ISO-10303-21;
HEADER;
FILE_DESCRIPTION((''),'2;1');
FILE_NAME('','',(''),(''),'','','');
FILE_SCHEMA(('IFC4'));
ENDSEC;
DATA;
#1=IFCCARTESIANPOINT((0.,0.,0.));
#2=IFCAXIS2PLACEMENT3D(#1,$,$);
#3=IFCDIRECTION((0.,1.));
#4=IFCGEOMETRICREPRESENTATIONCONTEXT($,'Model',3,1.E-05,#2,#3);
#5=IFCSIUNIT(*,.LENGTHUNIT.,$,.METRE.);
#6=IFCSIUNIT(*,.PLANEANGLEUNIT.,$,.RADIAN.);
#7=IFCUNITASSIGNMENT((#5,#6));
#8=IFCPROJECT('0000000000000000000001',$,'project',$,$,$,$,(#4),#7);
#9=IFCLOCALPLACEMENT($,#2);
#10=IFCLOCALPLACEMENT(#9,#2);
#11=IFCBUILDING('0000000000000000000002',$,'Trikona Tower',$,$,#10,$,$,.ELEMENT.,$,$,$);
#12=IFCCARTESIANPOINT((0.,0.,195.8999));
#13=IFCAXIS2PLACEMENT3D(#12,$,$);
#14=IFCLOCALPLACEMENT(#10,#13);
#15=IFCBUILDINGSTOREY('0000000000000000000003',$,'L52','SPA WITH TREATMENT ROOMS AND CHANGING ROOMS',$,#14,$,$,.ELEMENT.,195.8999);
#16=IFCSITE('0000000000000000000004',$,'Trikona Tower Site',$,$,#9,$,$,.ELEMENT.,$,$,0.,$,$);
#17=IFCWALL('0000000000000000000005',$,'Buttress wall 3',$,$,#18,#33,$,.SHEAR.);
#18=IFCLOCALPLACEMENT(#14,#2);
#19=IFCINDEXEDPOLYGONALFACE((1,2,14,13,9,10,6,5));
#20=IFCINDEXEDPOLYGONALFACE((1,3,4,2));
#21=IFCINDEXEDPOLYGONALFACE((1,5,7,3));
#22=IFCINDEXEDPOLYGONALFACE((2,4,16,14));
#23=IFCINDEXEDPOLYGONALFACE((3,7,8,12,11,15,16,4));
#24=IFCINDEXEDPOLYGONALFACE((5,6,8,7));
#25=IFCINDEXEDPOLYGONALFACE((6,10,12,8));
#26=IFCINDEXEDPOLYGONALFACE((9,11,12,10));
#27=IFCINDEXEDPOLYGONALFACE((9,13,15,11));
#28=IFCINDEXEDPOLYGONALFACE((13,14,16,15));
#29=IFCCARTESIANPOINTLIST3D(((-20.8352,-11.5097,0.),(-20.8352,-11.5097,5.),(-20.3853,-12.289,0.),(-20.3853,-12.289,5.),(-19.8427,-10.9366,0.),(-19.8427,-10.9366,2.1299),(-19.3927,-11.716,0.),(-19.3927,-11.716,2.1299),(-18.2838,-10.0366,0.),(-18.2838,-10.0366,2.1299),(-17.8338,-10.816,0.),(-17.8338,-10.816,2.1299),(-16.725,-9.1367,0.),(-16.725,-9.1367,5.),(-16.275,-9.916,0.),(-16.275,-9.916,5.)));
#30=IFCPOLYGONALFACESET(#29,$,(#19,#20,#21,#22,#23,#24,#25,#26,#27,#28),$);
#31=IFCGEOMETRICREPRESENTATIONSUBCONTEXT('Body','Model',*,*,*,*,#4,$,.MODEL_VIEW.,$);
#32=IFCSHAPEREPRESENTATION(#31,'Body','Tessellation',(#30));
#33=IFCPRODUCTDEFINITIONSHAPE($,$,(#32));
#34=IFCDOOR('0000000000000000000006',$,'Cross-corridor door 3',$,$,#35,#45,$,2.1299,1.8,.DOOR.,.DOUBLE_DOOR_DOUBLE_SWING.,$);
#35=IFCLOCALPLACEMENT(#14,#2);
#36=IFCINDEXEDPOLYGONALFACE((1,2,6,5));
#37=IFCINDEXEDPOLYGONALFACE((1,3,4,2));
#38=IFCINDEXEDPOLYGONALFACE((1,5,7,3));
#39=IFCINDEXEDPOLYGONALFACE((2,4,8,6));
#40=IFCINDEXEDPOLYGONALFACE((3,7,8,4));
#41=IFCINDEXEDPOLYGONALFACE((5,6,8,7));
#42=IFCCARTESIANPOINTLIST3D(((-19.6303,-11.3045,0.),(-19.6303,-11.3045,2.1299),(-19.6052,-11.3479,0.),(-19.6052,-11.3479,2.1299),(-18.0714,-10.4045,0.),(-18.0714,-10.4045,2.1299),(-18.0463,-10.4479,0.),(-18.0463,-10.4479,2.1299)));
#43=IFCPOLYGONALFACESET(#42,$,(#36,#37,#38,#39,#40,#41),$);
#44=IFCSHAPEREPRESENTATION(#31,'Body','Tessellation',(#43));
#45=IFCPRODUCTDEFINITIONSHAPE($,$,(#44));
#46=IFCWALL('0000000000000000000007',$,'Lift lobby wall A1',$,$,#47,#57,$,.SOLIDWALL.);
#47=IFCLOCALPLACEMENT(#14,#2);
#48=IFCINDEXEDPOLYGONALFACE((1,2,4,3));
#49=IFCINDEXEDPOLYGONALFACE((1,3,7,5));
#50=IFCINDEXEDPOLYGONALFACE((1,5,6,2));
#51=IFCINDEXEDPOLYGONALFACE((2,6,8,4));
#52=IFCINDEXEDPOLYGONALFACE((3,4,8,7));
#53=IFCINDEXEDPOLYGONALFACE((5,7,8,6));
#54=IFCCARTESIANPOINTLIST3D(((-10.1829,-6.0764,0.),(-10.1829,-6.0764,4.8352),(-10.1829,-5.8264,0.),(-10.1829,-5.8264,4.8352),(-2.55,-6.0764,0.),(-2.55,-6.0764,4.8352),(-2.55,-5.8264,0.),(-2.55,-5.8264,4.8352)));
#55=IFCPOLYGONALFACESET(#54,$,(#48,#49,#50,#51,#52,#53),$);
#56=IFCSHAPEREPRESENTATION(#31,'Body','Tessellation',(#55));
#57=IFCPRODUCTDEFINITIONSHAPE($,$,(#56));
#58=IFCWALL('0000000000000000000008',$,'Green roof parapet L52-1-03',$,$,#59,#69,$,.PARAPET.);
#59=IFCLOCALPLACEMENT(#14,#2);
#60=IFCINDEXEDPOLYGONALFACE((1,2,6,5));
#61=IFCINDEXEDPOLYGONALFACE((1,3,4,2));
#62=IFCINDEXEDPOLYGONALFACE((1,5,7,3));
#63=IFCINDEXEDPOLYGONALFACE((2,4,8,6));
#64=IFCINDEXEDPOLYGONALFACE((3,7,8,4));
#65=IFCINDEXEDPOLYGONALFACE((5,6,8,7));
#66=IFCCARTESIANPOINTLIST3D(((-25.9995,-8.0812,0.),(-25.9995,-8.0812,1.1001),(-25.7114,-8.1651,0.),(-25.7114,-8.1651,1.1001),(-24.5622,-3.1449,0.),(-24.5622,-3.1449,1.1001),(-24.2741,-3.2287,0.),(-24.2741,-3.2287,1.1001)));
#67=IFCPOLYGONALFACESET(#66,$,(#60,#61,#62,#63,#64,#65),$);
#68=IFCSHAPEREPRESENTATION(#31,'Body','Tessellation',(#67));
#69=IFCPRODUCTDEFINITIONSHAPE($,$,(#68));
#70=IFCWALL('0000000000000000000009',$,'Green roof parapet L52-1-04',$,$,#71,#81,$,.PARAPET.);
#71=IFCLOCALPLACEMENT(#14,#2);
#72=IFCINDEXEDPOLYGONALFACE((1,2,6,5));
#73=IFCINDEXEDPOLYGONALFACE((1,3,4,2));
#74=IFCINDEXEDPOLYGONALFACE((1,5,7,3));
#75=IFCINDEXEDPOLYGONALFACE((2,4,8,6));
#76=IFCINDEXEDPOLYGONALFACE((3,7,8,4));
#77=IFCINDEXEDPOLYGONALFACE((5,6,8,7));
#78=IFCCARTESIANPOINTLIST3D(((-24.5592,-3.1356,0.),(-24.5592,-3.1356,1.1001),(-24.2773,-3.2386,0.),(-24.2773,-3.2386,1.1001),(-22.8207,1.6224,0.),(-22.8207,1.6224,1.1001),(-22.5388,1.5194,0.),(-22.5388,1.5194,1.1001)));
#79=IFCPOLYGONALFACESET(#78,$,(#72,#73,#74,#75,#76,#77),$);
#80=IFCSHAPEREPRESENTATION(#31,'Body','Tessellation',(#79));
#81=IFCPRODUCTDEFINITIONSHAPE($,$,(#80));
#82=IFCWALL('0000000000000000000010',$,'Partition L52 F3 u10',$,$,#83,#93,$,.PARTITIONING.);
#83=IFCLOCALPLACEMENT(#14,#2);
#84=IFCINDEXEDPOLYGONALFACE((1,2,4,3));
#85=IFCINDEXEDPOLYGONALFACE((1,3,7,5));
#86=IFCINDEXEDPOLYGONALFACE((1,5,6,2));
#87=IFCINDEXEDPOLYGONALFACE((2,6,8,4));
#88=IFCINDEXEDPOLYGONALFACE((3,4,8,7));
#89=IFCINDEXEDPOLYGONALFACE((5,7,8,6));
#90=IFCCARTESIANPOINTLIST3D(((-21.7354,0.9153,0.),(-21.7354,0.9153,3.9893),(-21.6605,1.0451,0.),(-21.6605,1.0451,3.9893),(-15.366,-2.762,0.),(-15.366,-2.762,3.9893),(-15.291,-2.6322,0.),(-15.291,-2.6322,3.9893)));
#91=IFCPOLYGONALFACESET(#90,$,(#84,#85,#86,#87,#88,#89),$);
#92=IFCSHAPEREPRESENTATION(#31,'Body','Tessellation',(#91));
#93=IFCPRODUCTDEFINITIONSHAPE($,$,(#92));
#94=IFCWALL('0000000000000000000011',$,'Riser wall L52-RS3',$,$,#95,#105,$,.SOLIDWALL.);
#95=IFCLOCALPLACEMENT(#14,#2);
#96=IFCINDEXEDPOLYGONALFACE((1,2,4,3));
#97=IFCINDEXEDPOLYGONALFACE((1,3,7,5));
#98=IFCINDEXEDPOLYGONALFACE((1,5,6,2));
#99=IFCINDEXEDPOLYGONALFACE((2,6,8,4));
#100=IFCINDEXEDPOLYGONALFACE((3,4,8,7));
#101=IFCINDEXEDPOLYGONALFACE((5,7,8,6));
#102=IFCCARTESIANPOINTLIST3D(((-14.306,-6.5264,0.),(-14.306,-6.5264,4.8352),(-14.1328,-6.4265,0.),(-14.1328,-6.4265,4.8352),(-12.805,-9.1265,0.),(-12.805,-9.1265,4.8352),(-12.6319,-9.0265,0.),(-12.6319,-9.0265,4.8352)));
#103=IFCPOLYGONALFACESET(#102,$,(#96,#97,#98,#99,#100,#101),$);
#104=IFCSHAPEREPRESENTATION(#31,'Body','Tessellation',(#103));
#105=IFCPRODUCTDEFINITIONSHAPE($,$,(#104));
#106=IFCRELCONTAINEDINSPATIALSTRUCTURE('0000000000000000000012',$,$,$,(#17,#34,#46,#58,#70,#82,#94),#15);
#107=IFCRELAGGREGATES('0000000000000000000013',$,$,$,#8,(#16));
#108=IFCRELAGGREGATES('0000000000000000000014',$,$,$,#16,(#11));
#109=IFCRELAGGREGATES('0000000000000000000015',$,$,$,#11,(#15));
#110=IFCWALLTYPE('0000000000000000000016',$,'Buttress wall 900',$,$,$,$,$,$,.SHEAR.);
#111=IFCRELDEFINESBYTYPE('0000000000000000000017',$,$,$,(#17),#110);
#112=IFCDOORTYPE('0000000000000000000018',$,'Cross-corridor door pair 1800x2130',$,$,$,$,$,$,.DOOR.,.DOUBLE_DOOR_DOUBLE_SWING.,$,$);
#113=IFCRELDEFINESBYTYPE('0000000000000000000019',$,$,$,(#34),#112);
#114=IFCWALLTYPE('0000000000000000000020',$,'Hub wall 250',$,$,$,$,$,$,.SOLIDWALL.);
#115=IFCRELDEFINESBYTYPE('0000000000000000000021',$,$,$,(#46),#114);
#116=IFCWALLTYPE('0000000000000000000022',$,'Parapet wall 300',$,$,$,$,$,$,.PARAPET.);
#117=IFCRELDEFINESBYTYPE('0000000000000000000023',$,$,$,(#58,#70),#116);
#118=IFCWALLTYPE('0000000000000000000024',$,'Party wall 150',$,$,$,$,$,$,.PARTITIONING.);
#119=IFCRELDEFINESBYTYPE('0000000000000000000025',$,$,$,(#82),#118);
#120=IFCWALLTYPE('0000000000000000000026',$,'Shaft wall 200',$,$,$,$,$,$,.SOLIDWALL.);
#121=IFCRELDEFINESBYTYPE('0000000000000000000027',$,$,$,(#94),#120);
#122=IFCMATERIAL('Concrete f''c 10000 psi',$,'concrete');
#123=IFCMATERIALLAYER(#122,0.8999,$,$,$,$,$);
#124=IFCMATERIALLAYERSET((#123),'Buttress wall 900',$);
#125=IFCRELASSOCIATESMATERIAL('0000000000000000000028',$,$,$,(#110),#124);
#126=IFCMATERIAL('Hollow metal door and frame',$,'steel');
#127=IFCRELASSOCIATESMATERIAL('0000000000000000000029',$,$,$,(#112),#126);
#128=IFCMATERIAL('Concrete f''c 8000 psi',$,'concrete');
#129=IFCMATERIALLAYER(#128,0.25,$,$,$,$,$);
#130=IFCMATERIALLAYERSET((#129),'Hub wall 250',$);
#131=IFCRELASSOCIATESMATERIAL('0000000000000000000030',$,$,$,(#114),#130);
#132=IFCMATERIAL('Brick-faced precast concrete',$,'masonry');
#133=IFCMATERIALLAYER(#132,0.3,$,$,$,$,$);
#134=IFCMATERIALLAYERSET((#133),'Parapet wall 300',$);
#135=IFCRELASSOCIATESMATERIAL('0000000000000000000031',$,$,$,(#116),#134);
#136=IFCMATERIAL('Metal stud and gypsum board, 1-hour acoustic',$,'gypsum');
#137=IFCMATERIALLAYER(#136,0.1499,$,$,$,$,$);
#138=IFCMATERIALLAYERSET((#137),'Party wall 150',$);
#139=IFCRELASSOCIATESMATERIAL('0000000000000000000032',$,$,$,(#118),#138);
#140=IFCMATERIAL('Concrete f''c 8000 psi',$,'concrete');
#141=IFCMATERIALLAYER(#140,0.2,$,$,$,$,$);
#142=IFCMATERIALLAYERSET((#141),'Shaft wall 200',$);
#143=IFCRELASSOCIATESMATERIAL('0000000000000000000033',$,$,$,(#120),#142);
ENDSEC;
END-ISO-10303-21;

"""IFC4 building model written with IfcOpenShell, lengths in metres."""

from ifc_helpers import new_model, si_unit, direction, frame, frame_2d, origin, place, context, subcontext, project, spatial, rectangle, extrude, material, layer, layer_set, type_object, element, fill, save


model = new_model("IFC4")

# Units and contexts
model_context = context("Model", 3, precision=1e-05, world=origin(), true_north=direction((0.0, 1.0)))
body_context = subcontext(model_context, "Body", "Model", "MODEL_VIEW")
ifc_project = project(units=[si_unit("LENGTHUNIT", "METRE"), si_unit("PLANEANGLEUNIT", "RADIAN")], contexts=[model_context])

# Site, building, storey
site_placement = place(None, origin())
site = spatial("IfcSite", under=ifc_project, at=site_placement, Name="Trikona Tower Site", CompositionType="ELEMENT", RefElevation=0.0)
building_placement = place(site_placement, origin())
building = spatial("IfcBuilding", under=site, at=building_placement, Name="Trikona Tower", CompositionType="ELEMENT")
storey_placement = place(building_placement, frame((0.0, 0.0, 195.8999)))
storey = spatial("IfcBuildingStorey", under=building, at=storey_placement, Name="L52", Description="SPA WITH TREATMENT ROOMS AND CHANGING ROOMS", CompositionType="ELEMENT", Elevation=195.8999)

# Wall, opening, door
ifc_material_1 = material(Name="Concrete f'c 10000 psi", Category="concrete")
ifc_layer_1 = layer(ifc_material_1, 0.8999)
ifc_layer_set_1 = layer_set([ifc_layer_1], Name="Buttress wall 900")
wall_type_1 = type_object("IfcWallType", Name="Buttress wall 900", PredefinedType="SHEAR", material=ifc_layer_set_1)
wall_1_placement = place(storey_placement, frame((-16.5, -9.5264, 0.0), z_axis=(0.0, 0.0, 1.0), x_axis=(-0.866031, -0.49999, 0.0)))
wall_1 = element("IfcWall", 1, at=wall_1_placement, inside=storey, type_object=wall_type_1, Name="Buttress wall 3", PredefinedType="SHEAR", context=body_context, shape_type="SweptSolid", body=[
    extrude(rectangle(XDim=4.7461, YDim=0.8999, at=frame_2d((2.373, 0.0))), origin(), (0.0, 0.0, 1.0), 5.0),
])
opening_1_placement = place(wall_1_placement, frame((1.8, 0.0, 0.0)))
opening_1 = element("IfcOpeningElement", 2, at=opening_1_placement, cuts=wall_1, PredefinedType="OPENING", context=body_context, shape_type="SweptSolid", body=[
    extrude(rectangle(XDim=1.8, YDim=2.1299, at=frame_2d((0.8999, 1.0649))), frame((0.0, 0.46, 0.0), z_axis=(0.0, -1.0, 0.0), x_axis=(1.0, 0.0, 0.0)), (0.0, 0.0, 1.0), 0.9199),
])
ifc_material_2 = material(Name="Hollow metal door and frame", Category="steel")
door_type = type_object("IfcDoorType", Name="Cross-corridor door pair 1800x2130", OperationType="DOUBLE_DOOR_DOUBLE_SWING", PredefinedType="DOOR", material=ifc_material_2)
door_placement = place(opening_1_placement, origin())
door = element("IfcDoor", 3, at=door_placement, inside=storey, type_object=door_type, Name="Cross-corridor door 3", OperationType="DOUBLE_DOOR_DOUBLE_SWING", OverallHeight=2.1299, OverallWidth=1.8, PredefinedType="DOOR", context=body_context, shape_type="SweptSolid", body=[
    extrude(rectangle(XDim=1.8, YDim=2.1299, at=frame_2d((0.8999, 1.0649))), frame((0.0, 0.0249, 0.0), z_axis=(0.0, -1.0, 0.0), x_axis=(1.0, 0.0, 0.0)), (0.0, 0.0, 1.0), 0.05),
])
fill(opening_1, door)

# Walls
ifc_material_3 = material(Name="Concrete f'c 8000 psi", Category="concrete")
ifc_layer_2 = layer(ifc_material_3, 0.25)
ifc_layer_set_2 = layer_set([ifc_layer_2], Name="Hub wall 250")
wall_type_2 = type_object("IfcWallType", Name="Hub wall 250", PredefinedType="SOLIDWALL", material=ifc_layer_set_2)
wall_2_placement = place(storey_placement, frame((-10.1829, -5.9514, 0.0), z_axis=(0.0, 0.0, 1.0), x_axis=(1.0, 0.0, 0.0)))
element("IfcWall", 4, at=wall_2_placement, inside=storey, type_object=wall_type_2, Name="Lift lobby wall A1", PredefinedType="SOLIDWALL", context=body_context, shape_type="SweptSolid", body=[
    extrude(rectangle(XDim=7.6328, YDim=0.25, at=frame_2d((3.8164, 0.0))), origin(), (0.0, 0.0, 1.0), 4.8352),
])
ifc_material_4 = material(Name="Brick-faced precast concrete", Category="masonry")
ifc_layer_3 = layer(ifc_material_4, 0.3)
ifc_layer_set_3 = layer_set([ifc_layer_3], Name="Parapet wall 300")
wall_type_3 = type_object("IfcWallType", Name="Parapet wall 300", PredefinedType="PARAPET", material=ifc_layer_set_3)
wall_3_placement = place(storey_placement, frame((-25.8555, -8.1233, 0.0), z_axis=(0.0, 0.0, 1.0), x_axis=(0.279553, 0.96013, 0.0)))
element("IfcWall", 5, at=wall_3_placement, inside=storey, type_object=wall_type_3, Name="Green roof parapet L52-1-03", PredefinedType="PARAPET", context=body_context, shape_type="SweptSolid", body=[
    extrude(rectangle(XDim=5.1414, YDim=0.3, at=frame_2d((2.5708, 0.0))), origin(), (0.0, 0.0, 1.0), 1.1001),
])
wall_4_placement = place(storey_placement, frame((-24.4182, -3.187, 0.0), z_axis=(0.0, 0.0, 1.0), x_axis=(0.343194, 0.939265, 0.0)))
element("IfcWall", 6, at=wall_4_placement, inside=storey, type_object=wall_type_3, Name="Green roof parapet L52-1-04", PredefinedType="PARAPET", context=body_context, shape_type="SweptSolid", body=[
    extrude(rectangle(XDim=5.0657, YDim=0.3, at=frame_2d((2.5327, 0.0))), origin(), (0.0, 0.0, 1.0), 1.1001),
])
ifc_material_5 = material(Name="Metal stud and gypsum board, 1-hour acoustic", Category="gypsum")
ifc_layer_4 = layer(ifc_material_5, 0.1499)
ifc_layer_set_4 = layer_set([ifc_layer_4], Name="Party wall 150")
wall_type_4 = type_object("IfcWallType", Name="Party wall 150", PredefinedType="PARTITIONING", material=ifc_layer_set_4)
wall_5_placement = place(storey_placement, frame((-15.3286, -2.697, 0.0), z_axis=(0.0, 0.0, 1.0), x_axis=(-0.866032, 0.499988, 0.0)))
element("IfcWall", 7, at=wall_5_placement, inside=storey, type_object=wall_type_4, Name="Partition L52 F3 u10", PredefinedType="PARTITIONING", context=body_context, shape_type="SweptSolid", body=[
    extrude(rectangle(XDim=7.3547, YDim=0.1499, at=frame_2d((3.6772, 0.0))), origin(), (0.0, 0.0, 1.0), 3.9893),
])
ifc_material_6 = material(Name="Concrete f'c 8000 psi", Category="concrete")
ifc_layer_5 = layer(ifc_material_6, 0.2)
ifc_layer_set_5 = layer_set([ifc_layer_5], Name="Shaft wall 200")
wall_type_5 = type_object("IfcWallType", Name="Shaft wall 200", PredefinedType="SOLIDWALL", material=ifc_layer_set_5)
wall_6_placement = place(storey_placement, frame((-12.7185, -9.0764, 0.0), z_axis=(0.0, 0.0, 1.0), x_axis=(-0.499952, 0.866053, 0.0)))
element("IfcWall", 8, at=wall_6_placement, inside=storey, type_object=wall_type_5, Name="Riser wall L52-RS3", PredefinedType="SOLIDWALL", context=body_context, shape_type="SweptSolid", body=[
    extrude(rectangle(XDim=3.0022, YDim=0.2, at=frame_2d((1.501, 0.0))), origin(), (0.0, 0.0, 1.0), 4.8352),
])

save(model, "model.ifc")
